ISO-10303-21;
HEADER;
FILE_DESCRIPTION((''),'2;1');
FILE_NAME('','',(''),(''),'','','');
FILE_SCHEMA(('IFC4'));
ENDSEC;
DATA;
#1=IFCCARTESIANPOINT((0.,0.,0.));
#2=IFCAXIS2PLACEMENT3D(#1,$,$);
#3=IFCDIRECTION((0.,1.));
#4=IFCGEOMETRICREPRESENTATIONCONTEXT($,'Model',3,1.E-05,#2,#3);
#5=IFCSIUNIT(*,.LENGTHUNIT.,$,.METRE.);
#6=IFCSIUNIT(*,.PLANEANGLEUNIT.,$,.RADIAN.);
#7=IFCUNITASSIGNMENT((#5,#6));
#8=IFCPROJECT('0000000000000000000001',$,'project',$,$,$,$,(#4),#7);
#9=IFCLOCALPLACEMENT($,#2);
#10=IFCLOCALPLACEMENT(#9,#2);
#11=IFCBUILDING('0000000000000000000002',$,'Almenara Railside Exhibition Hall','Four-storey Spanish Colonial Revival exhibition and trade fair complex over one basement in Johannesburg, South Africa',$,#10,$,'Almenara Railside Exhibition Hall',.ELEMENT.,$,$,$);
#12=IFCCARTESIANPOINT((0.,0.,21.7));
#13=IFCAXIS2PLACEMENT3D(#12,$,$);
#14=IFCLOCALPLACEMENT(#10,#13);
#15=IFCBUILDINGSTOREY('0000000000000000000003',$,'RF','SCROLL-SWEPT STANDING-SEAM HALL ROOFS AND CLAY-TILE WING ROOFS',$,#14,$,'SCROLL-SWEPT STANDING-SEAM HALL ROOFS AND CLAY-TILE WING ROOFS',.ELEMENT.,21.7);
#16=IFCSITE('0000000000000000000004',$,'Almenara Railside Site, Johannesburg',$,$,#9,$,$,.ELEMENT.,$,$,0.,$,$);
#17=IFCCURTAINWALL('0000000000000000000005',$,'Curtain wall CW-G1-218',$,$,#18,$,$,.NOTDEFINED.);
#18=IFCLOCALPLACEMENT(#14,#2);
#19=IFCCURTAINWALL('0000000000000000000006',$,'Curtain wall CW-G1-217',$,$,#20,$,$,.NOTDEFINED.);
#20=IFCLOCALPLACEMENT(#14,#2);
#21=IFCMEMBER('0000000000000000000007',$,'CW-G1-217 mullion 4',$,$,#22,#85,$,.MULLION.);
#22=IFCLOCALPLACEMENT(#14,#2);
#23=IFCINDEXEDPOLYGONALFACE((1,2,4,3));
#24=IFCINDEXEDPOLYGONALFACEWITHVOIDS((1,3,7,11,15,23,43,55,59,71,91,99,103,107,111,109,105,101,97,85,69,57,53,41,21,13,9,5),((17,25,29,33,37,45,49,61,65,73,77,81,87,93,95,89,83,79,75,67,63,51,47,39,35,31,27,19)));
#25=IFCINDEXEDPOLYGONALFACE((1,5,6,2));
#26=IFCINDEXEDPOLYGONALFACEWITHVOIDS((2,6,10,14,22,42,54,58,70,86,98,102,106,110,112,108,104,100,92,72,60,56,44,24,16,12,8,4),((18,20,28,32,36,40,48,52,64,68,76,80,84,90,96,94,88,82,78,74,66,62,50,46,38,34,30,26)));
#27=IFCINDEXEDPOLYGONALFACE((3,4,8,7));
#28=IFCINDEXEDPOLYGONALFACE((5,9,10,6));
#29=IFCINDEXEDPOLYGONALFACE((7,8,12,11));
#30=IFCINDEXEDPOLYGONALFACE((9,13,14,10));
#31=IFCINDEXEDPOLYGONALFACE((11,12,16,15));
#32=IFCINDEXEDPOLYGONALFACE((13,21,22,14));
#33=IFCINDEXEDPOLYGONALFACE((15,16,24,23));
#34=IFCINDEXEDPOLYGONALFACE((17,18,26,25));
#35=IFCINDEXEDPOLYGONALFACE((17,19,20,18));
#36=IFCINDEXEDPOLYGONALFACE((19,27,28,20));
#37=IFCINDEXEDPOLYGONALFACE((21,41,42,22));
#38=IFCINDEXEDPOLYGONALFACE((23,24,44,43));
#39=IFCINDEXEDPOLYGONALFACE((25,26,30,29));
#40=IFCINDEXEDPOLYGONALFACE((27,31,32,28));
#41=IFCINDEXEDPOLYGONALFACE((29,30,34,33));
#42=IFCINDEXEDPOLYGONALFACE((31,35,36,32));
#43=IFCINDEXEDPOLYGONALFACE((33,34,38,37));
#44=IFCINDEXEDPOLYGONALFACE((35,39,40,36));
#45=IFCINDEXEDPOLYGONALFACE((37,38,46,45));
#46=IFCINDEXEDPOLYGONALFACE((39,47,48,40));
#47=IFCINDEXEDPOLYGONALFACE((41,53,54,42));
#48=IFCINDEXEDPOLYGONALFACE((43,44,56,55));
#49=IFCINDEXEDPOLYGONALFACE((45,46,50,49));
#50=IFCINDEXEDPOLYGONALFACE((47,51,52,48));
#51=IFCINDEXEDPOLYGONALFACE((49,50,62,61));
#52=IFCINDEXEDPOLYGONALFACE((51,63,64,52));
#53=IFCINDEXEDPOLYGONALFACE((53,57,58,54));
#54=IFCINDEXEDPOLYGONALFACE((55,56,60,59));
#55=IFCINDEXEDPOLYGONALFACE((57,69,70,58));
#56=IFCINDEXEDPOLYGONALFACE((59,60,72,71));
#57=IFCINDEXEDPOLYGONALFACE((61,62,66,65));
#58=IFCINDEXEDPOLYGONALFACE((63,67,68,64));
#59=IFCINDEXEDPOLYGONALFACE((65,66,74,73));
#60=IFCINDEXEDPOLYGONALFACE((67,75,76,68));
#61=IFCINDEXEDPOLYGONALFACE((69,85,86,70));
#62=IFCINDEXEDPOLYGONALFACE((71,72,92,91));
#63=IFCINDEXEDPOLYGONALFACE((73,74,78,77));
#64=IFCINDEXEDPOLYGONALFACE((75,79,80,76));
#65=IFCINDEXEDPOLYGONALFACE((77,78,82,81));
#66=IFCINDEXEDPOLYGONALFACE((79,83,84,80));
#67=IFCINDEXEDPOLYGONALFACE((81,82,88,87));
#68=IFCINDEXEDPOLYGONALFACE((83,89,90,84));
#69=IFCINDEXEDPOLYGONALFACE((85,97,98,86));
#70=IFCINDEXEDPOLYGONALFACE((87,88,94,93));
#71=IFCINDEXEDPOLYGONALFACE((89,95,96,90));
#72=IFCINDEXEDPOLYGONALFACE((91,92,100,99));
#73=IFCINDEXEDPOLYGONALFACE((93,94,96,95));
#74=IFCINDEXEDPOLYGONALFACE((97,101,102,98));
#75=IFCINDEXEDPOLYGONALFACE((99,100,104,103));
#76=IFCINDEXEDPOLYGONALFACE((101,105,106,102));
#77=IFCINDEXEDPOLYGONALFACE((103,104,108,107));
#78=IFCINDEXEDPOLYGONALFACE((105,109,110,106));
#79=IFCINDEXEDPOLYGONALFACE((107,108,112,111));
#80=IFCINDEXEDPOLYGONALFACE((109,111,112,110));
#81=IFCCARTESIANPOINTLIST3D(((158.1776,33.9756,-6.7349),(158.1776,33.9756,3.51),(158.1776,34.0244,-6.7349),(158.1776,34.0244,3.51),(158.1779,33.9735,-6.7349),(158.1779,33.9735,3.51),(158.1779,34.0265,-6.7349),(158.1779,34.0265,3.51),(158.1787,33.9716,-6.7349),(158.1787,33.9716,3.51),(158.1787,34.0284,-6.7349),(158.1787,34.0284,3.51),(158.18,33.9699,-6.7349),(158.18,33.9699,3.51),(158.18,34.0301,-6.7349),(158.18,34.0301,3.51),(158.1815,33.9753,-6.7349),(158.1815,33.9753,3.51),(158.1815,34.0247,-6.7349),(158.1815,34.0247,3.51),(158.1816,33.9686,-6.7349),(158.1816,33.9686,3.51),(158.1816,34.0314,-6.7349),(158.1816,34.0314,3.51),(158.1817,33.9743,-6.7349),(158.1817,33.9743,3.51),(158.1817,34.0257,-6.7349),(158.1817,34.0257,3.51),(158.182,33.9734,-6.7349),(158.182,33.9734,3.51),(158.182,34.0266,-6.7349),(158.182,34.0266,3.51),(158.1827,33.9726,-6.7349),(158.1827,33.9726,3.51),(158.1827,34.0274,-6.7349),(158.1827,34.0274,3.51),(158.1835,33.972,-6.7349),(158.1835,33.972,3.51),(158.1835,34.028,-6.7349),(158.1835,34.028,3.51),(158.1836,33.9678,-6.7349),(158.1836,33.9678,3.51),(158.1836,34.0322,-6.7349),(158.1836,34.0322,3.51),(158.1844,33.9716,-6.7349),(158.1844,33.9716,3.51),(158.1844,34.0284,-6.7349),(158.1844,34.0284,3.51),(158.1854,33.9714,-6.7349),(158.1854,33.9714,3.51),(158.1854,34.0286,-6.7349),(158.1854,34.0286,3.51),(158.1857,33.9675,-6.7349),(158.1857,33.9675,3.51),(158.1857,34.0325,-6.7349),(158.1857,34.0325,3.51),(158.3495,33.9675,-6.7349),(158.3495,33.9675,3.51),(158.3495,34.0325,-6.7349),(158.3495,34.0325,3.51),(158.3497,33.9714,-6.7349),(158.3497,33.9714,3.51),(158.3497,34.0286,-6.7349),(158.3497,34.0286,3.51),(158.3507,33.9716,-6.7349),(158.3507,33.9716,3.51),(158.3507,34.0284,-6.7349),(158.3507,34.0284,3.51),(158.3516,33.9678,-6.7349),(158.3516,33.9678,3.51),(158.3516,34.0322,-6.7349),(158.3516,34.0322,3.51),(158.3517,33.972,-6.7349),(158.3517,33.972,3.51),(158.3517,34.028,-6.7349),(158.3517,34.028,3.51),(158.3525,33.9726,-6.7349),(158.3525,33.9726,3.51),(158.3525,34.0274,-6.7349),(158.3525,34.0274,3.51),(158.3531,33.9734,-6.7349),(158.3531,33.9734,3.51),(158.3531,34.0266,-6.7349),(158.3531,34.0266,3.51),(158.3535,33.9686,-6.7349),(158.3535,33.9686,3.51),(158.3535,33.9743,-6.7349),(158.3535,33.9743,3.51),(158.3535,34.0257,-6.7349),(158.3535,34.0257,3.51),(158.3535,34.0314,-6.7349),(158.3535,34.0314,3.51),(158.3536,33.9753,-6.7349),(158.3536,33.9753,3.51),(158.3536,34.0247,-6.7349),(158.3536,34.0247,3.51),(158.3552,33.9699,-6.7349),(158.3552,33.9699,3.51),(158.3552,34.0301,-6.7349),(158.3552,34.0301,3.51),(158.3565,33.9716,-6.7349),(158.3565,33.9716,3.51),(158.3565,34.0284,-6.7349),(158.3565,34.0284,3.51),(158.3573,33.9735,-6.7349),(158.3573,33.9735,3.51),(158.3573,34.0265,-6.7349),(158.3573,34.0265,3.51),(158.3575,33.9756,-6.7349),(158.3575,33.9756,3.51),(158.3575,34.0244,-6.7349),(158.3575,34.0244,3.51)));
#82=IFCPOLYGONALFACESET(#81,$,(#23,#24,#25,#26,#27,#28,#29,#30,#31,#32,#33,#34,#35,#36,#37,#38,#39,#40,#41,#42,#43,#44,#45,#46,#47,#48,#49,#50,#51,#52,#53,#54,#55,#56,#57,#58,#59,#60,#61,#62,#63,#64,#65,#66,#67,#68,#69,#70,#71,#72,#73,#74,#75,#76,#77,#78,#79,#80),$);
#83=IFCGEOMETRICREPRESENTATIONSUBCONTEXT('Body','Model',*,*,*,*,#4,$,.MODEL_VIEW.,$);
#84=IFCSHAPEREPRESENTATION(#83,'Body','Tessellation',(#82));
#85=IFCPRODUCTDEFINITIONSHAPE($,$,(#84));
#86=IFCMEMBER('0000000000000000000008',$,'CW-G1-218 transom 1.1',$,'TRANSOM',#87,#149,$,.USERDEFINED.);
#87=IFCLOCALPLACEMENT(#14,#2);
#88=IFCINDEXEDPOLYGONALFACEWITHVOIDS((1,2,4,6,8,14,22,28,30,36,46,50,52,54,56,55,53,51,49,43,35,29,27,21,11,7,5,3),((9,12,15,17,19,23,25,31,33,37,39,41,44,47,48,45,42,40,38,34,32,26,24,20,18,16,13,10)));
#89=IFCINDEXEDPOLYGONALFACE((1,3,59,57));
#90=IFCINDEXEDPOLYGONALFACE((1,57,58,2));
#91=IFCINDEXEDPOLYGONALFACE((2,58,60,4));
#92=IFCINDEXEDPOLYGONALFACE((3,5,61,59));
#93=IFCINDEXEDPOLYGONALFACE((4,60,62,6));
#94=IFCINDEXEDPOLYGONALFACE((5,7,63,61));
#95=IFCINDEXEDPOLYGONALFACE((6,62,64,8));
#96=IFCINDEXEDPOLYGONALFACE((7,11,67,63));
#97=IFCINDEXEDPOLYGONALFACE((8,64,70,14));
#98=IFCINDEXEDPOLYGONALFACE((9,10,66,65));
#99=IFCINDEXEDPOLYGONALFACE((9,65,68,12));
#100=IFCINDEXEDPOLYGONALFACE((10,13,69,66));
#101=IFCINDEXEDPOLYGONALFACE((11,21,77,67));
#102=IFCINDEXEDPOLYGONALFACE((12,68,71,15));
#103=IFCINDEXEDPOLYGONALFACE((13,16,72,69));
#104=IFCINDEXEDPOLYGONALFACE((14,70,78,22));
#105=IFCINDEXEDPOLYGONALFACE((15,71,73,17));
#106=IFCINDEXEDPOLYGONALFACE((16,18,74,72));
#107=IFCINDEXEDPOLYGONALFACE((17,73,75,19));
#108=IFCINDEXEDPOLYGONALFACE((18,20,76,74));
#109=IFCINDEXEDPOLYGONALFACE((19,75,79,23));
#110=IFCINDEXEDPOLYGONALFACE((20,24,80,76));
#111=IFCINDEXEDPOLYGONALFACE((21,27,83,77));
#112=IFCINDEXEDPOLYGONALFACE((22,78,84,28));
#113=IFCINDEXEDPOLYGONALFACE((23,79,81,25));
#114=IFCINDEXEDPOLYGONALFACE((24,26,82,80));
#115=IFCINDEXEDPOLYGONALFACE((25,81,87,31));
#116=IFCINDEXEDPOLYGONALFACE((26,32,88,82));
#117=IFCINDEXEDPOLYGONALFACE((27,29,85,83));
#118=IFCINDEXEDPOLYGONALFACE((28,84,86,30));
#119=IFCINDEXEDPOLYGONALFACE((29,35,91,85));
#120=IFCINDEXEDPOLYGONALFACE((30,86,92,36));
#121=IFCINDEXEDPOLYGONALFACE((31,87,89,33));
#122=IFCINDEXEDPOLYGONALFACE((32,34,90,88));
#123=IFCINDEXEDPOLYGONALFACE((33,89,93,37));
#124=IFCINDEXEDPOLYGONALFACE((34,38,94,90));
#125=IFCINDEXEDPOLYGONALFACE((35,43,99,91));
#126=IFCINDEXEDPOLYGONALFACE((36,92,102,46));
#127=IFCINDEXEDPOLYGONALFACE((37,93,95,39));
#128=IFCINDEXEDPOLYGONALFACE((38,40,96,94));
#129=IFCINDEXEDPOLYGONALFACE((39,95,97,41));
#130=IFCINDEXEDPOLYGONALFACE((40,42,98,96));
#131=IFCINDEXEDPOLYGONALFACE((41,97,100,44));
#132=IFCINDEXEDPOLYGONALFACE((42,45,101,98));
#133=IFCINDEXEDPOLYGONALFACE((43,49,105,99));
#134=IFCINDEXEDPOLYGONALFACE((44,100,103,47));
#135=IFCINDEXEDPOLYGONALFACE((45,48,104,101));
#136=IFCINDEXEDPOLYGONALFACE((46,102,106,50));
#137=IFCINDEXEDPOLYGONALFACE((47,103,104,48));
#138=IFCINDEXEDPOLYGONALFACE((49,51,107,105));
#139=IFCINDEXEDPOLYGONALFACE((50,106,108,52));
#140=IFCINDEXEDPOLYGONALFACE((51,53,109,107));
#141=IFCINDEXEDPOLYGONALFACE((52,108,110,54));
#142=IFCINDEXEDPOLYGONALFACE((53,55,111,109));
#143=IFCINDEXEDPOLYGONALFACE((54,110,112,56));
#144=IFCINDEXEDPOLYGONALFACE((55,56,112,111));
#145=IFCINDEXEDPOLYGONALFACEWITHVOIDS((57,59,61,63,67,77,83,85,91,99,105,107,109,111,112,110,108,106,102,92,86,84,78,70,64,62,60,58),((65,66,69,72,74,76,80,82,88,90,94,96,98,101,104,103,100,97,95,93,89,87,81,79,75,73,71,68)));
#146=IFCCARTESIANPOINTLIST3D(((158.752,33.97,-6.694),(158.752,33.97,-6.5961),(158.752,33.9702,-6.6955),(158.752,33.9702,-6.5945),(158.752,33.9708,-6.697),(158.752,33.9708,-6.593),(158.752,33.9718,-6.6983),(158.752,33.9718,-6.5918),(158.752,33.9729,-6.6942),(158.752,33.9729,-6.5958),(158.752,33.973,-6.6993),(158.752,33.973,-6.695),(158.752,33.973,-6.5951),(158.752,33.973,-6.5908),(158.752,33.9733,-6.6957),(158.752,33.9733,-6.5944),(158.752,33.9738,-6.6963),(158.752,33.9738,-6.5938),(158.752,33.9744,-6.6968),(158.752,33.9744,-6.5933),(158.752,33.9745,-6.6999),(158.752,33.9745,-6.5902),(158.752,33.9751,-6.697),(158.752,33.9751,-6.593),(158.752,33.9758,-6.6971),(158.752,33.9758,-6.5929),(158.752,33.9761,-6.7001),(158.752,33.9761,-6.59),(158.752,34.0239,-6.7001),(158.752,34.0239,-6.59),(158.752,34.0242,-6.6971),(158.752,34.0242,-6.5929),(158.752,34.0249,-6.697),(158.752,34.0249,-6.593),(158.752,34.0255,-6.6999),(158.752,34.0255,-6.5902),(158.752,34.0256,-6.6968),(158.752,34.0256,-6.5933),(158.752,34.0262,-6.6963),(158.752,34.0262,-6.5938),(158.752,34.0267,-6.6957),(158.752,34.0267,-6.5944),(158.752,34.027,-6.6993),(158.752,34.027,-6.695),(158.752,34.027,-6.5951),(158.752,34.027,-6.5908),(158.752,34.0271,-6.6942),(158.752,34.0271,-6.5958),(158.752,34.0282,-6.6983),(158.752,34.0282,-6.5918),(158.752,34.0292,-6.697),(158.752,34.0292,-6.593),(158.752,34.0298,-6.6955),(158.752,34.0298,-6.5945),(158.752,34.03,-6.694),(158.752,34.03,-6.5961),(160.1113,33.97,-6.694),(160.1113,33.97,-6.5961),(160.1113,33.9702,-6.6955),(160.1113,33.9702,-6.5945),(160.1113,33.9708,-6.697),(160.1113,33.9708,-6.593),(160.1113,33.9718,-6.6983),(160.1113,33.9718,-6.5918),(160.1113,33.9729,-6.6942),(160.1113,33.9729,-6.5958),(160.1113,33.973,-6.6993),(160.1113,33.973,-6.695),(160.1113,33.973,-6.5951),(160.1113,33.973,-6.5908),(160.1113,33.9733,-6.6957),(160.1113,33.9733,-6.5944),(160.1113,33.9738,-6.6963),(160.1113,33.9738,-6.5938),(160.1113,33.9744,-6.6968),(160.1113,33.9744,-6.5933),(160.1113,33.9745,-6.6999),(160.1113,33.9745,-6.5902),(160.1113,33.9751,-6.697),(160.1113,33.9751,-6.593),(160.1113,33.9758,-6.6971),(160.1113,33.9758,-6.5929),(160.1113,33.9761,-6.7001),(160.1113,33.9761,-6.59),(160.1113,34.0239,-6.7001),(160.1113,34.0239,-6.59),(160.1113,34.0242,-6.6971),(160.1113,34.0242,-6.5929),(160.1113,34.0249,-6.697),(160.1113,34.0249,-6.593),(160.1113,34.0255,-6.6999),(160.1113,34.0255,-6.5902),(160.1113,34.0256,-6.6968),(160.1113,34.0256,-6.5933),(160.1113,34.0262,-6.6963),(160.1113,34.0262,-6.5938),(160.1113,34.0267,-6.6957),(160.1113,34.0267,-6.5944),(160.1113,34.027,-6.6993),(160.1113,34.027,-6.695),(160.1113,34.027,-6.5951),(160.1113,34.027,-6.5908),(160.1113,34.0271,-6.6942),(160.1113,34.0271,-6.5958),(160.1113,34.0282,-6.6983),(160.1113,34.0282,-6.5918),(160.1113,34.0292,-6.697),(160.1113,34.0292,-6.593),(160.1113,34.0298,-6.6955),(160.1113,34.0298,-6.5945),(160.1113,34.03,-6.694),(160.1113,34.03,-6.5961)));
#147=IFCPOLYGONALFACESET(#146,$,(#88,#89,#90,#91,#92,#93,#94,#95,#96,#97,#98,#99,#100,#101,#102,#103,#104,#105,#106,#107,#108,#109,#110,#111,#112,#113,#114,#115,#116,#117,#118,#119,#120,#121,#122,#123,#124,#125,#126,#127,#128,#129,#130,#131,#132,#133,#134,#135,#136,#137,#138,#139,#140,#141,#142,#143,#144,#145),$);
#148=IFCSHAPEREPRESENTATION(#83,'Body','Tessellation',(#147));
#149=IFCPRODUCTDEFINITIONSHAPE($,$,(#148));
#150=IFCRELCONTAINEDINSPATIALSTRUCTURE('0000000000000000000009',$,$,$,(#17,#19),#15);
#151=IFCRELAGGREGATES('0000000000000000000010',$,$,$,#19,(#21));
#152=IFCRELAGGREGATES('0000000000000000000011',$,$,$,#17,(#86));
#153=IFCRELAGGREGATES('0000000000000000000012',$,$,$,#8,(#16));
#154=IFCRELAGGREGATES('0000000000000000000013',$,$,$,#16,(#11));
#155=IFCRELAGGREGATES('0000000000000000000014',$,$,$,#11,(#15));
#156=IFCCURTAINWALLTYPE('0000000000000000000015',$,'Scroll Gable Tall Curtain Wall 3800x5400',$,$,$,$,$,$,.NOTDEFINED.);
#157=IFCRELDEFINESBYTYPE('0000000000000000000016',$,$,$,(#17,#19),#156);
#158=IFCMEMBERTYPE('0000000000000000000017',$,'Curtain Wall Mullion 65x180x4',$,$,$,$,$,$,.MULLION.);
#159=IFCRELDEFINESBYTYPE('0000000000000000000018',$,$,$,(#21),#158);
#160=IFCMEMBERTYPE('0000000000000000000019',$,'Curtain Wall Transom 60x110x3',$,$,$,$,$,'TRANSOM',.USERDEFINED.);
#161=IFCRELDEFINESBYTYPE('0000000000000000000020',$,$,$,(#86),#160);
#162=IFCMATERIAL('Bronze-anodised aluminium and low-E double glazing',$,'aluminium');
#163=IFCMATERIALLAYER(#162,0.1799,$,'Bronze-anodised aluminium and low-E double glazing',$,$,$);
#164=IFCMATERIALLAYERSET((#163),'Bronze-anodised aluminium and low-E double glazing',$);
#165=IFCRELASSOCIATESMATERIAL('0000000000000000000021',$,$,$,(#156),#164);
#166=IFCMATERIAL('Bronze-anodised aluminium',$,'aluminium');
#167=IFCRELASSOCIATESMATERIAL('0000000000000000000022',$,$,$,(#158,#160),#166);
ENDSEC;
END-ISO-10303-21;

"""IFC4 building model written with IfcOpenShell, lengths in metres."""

from ifc_helpers import new_model, si_unit, direction, frame, origin, origin_2d, place, context, subcontext, project, spatial, hollow_rectangle, extrude, material, layer, layer_set, material_profile, profile_set, type_object, element, aggregate, save


model = new_model("IFC4")

# Units and contexts
model_context = context("Model", 3, precision=1e-05, world=origin(), true_north=direction((0.0, 1.0)))
body_context = subcontext(model_context, "Body", "Model", "MODEL_VIEW")
ifc_project = project(units=[si_unit("LENGTHUNIT", "METRE"), si_unit("PLANEANGLEUNIT", "RADIAN")], contexts=[model_context])

# Site, building, storey
site_placement = place(None, origin())
site = spatial("IfcSite", under=ifc_project, at=site_placement, Name="Almenara Railside Site, Johannesburg", CompositionType="ELEMENT", RefElevation=0.0)
building_placement = place(site_placement, origin())
building = spatial("IfcBuilding", under=site, at=building_placement, Name="Almenara Railside Exhibition Hall", Description="Four-storey Spanish Colonial Revival exhibition and trade fair complex over one basement in Johannesburg, South Africa", LongName="Almenara Railside Exhibition Hall", CompositionType="ELEMENT")
storey_placement = place(building_placement, frame((0.0, 0.0, 21.7)))
storey = spatial("IfcBuildingStorey", under=building, at=storey_placement, Name="RF", Description="SCROLL-SWEPT STANDING-SEAM HALL ROOFS AND CLAY-TILE WING ROOFS", LongName="SCROLL-SWEPT STANDING-SEAM HALL ROOFS AND CLAY-TILE WING ROOFS", CompositionType="ELEMENT", Elevation=21.7)

# Curtain walls, member
ifc_material_1 = material(Name="Bronze-anodised aluminium and low-E double glazing", Category="aluminium")
ifc_layer_1 = layer(ifc_material_1, 0.1799, Name="Bronze-anodised aluminium and low-E double glazing")
ifc_layer_set_1 = layer_set([ifc_layer_1], Name="Bronze-anodised aluminium and low-E double glazing")
curtain_wall_type = type_object("IfcCurtainWallType", Name="Scroll Gable Tall Curtain Wall 3800x5400", PredefinedType="NOTDEFINED", material=ifc_layer_set_1)
curtain_wall_1_placement = place(storey_placement, origin())
curtain_wall_1 = element("IfcCurtainWall", 1, at=curtain_wall_1_placement, inside=storey, type_object=curtain_wall_type, Name="Curtain wall CW-G1-218", PredefinedType="NOTDEFINED")
ifc_material_2 = material(Name="Bronze-anodised aluminium", Category="aluminium")
curtain_wall_2_placement = place(storey_placement, origin())
curtain_wall_2 = element("IfcCurtainWall", 2, at=curtain_wall_2_placement, inside=storey, type_object=curtain_wall_type, Name="Curtain wall CW-G1-217", PredefinedType="NOTDEFINED")
ifc_material_profile_1 = material_profile(ifc_material_2, hollow_rectangle(XDim=0.0649, YDim=0.1799, WallThickness=0.0039, InnerFilletRadius=0.0039, OuterFilletRadius=0.0081, at=origin_2d()), Name="ALU-MUL 65x180x4")
ifc_profile_set_1 = profile_set([ifc_material_profile_1], Name="Bronze-anodised aluminium")
member_type_1 = type_object("IfcMemberType", Name="Curtain Wall Mullion 65x180x4", PredefinedType="MULLION", material=ifc_profile_set_1)
member_1_placement = place(storey_placement, frame((158.2676, 34.0, -6.7349), z_axis=(0.0, 0.0, 1.0), x_axis=(0.0, 1.0, 0.0)))
member_1 = element("IfcMember", 3, at=member_1_placement, type_object=member_type_1, Name="CW-G1-217 mullion 4", PredefinedType="MULLION", context=body_context, shape_type="SweptSolid", body=[
    extrude(hollow_rectangle(XDim=0.0649, YDim=0.1799, WallThickness=0.0039, InnerFilletRadius=0.0039, OuterFilletRadius=0.0081, at=origin_2d()), origin(), (0.0, 0.0, 1.0), 10.2449),
])

# Member
ifc_material_profile_2 = material_profile(ifc_material_2, hollow_rectangle(XDim=0.0601, YDim=0.1101, WallThickness=0.0029, InnerFilletRadius=0.0029, OuterFilletRadius=0.0061, at=origin_2d()), Name="ALU-TRN 60x110x3")
ifc_profile_set_2 = profile_set([ifc_material_profile_2], Name="Bronze-anodised aluminium")
member_type_2 = type_object("IfcMemberType", Name="Curtain Wall Transom 60x110x3", ElementType="TRANSOM", PredefinedType="USERDEFINED", material=ifc_profile_set_2)
member_2_placement = place(storey_placement, frame((158.752, 34.0, -6.645), z_axis=(1.0, 0.0, 0.0), x_axis=(0.0, 1.0, 0.0)))
member_2 = element("IfcMember", 4, at=member_2_placement, type_object=member_type_2, Name="CW-G1-218 transom 1.1", ObjectType="TRANSOM", PredefinedType="USERDEFINED", context=body_context, shape_type="SweptSolid", body=[
    extrude(hollow_rectangle(XDim=0.0601, YDim=0.1101, WallThickness=0.0029, InnerFilletRadius=0.0029, OuterFilletRadius=0.0061, at=origin_2d()), origin(), (0.0, 0.0, 1.0), 1.3594),
])

aggregate(curtain_wall_2, [member_1])
aggregate(curtain_wall_1, [member_2])

save(model, "model.ifc")
